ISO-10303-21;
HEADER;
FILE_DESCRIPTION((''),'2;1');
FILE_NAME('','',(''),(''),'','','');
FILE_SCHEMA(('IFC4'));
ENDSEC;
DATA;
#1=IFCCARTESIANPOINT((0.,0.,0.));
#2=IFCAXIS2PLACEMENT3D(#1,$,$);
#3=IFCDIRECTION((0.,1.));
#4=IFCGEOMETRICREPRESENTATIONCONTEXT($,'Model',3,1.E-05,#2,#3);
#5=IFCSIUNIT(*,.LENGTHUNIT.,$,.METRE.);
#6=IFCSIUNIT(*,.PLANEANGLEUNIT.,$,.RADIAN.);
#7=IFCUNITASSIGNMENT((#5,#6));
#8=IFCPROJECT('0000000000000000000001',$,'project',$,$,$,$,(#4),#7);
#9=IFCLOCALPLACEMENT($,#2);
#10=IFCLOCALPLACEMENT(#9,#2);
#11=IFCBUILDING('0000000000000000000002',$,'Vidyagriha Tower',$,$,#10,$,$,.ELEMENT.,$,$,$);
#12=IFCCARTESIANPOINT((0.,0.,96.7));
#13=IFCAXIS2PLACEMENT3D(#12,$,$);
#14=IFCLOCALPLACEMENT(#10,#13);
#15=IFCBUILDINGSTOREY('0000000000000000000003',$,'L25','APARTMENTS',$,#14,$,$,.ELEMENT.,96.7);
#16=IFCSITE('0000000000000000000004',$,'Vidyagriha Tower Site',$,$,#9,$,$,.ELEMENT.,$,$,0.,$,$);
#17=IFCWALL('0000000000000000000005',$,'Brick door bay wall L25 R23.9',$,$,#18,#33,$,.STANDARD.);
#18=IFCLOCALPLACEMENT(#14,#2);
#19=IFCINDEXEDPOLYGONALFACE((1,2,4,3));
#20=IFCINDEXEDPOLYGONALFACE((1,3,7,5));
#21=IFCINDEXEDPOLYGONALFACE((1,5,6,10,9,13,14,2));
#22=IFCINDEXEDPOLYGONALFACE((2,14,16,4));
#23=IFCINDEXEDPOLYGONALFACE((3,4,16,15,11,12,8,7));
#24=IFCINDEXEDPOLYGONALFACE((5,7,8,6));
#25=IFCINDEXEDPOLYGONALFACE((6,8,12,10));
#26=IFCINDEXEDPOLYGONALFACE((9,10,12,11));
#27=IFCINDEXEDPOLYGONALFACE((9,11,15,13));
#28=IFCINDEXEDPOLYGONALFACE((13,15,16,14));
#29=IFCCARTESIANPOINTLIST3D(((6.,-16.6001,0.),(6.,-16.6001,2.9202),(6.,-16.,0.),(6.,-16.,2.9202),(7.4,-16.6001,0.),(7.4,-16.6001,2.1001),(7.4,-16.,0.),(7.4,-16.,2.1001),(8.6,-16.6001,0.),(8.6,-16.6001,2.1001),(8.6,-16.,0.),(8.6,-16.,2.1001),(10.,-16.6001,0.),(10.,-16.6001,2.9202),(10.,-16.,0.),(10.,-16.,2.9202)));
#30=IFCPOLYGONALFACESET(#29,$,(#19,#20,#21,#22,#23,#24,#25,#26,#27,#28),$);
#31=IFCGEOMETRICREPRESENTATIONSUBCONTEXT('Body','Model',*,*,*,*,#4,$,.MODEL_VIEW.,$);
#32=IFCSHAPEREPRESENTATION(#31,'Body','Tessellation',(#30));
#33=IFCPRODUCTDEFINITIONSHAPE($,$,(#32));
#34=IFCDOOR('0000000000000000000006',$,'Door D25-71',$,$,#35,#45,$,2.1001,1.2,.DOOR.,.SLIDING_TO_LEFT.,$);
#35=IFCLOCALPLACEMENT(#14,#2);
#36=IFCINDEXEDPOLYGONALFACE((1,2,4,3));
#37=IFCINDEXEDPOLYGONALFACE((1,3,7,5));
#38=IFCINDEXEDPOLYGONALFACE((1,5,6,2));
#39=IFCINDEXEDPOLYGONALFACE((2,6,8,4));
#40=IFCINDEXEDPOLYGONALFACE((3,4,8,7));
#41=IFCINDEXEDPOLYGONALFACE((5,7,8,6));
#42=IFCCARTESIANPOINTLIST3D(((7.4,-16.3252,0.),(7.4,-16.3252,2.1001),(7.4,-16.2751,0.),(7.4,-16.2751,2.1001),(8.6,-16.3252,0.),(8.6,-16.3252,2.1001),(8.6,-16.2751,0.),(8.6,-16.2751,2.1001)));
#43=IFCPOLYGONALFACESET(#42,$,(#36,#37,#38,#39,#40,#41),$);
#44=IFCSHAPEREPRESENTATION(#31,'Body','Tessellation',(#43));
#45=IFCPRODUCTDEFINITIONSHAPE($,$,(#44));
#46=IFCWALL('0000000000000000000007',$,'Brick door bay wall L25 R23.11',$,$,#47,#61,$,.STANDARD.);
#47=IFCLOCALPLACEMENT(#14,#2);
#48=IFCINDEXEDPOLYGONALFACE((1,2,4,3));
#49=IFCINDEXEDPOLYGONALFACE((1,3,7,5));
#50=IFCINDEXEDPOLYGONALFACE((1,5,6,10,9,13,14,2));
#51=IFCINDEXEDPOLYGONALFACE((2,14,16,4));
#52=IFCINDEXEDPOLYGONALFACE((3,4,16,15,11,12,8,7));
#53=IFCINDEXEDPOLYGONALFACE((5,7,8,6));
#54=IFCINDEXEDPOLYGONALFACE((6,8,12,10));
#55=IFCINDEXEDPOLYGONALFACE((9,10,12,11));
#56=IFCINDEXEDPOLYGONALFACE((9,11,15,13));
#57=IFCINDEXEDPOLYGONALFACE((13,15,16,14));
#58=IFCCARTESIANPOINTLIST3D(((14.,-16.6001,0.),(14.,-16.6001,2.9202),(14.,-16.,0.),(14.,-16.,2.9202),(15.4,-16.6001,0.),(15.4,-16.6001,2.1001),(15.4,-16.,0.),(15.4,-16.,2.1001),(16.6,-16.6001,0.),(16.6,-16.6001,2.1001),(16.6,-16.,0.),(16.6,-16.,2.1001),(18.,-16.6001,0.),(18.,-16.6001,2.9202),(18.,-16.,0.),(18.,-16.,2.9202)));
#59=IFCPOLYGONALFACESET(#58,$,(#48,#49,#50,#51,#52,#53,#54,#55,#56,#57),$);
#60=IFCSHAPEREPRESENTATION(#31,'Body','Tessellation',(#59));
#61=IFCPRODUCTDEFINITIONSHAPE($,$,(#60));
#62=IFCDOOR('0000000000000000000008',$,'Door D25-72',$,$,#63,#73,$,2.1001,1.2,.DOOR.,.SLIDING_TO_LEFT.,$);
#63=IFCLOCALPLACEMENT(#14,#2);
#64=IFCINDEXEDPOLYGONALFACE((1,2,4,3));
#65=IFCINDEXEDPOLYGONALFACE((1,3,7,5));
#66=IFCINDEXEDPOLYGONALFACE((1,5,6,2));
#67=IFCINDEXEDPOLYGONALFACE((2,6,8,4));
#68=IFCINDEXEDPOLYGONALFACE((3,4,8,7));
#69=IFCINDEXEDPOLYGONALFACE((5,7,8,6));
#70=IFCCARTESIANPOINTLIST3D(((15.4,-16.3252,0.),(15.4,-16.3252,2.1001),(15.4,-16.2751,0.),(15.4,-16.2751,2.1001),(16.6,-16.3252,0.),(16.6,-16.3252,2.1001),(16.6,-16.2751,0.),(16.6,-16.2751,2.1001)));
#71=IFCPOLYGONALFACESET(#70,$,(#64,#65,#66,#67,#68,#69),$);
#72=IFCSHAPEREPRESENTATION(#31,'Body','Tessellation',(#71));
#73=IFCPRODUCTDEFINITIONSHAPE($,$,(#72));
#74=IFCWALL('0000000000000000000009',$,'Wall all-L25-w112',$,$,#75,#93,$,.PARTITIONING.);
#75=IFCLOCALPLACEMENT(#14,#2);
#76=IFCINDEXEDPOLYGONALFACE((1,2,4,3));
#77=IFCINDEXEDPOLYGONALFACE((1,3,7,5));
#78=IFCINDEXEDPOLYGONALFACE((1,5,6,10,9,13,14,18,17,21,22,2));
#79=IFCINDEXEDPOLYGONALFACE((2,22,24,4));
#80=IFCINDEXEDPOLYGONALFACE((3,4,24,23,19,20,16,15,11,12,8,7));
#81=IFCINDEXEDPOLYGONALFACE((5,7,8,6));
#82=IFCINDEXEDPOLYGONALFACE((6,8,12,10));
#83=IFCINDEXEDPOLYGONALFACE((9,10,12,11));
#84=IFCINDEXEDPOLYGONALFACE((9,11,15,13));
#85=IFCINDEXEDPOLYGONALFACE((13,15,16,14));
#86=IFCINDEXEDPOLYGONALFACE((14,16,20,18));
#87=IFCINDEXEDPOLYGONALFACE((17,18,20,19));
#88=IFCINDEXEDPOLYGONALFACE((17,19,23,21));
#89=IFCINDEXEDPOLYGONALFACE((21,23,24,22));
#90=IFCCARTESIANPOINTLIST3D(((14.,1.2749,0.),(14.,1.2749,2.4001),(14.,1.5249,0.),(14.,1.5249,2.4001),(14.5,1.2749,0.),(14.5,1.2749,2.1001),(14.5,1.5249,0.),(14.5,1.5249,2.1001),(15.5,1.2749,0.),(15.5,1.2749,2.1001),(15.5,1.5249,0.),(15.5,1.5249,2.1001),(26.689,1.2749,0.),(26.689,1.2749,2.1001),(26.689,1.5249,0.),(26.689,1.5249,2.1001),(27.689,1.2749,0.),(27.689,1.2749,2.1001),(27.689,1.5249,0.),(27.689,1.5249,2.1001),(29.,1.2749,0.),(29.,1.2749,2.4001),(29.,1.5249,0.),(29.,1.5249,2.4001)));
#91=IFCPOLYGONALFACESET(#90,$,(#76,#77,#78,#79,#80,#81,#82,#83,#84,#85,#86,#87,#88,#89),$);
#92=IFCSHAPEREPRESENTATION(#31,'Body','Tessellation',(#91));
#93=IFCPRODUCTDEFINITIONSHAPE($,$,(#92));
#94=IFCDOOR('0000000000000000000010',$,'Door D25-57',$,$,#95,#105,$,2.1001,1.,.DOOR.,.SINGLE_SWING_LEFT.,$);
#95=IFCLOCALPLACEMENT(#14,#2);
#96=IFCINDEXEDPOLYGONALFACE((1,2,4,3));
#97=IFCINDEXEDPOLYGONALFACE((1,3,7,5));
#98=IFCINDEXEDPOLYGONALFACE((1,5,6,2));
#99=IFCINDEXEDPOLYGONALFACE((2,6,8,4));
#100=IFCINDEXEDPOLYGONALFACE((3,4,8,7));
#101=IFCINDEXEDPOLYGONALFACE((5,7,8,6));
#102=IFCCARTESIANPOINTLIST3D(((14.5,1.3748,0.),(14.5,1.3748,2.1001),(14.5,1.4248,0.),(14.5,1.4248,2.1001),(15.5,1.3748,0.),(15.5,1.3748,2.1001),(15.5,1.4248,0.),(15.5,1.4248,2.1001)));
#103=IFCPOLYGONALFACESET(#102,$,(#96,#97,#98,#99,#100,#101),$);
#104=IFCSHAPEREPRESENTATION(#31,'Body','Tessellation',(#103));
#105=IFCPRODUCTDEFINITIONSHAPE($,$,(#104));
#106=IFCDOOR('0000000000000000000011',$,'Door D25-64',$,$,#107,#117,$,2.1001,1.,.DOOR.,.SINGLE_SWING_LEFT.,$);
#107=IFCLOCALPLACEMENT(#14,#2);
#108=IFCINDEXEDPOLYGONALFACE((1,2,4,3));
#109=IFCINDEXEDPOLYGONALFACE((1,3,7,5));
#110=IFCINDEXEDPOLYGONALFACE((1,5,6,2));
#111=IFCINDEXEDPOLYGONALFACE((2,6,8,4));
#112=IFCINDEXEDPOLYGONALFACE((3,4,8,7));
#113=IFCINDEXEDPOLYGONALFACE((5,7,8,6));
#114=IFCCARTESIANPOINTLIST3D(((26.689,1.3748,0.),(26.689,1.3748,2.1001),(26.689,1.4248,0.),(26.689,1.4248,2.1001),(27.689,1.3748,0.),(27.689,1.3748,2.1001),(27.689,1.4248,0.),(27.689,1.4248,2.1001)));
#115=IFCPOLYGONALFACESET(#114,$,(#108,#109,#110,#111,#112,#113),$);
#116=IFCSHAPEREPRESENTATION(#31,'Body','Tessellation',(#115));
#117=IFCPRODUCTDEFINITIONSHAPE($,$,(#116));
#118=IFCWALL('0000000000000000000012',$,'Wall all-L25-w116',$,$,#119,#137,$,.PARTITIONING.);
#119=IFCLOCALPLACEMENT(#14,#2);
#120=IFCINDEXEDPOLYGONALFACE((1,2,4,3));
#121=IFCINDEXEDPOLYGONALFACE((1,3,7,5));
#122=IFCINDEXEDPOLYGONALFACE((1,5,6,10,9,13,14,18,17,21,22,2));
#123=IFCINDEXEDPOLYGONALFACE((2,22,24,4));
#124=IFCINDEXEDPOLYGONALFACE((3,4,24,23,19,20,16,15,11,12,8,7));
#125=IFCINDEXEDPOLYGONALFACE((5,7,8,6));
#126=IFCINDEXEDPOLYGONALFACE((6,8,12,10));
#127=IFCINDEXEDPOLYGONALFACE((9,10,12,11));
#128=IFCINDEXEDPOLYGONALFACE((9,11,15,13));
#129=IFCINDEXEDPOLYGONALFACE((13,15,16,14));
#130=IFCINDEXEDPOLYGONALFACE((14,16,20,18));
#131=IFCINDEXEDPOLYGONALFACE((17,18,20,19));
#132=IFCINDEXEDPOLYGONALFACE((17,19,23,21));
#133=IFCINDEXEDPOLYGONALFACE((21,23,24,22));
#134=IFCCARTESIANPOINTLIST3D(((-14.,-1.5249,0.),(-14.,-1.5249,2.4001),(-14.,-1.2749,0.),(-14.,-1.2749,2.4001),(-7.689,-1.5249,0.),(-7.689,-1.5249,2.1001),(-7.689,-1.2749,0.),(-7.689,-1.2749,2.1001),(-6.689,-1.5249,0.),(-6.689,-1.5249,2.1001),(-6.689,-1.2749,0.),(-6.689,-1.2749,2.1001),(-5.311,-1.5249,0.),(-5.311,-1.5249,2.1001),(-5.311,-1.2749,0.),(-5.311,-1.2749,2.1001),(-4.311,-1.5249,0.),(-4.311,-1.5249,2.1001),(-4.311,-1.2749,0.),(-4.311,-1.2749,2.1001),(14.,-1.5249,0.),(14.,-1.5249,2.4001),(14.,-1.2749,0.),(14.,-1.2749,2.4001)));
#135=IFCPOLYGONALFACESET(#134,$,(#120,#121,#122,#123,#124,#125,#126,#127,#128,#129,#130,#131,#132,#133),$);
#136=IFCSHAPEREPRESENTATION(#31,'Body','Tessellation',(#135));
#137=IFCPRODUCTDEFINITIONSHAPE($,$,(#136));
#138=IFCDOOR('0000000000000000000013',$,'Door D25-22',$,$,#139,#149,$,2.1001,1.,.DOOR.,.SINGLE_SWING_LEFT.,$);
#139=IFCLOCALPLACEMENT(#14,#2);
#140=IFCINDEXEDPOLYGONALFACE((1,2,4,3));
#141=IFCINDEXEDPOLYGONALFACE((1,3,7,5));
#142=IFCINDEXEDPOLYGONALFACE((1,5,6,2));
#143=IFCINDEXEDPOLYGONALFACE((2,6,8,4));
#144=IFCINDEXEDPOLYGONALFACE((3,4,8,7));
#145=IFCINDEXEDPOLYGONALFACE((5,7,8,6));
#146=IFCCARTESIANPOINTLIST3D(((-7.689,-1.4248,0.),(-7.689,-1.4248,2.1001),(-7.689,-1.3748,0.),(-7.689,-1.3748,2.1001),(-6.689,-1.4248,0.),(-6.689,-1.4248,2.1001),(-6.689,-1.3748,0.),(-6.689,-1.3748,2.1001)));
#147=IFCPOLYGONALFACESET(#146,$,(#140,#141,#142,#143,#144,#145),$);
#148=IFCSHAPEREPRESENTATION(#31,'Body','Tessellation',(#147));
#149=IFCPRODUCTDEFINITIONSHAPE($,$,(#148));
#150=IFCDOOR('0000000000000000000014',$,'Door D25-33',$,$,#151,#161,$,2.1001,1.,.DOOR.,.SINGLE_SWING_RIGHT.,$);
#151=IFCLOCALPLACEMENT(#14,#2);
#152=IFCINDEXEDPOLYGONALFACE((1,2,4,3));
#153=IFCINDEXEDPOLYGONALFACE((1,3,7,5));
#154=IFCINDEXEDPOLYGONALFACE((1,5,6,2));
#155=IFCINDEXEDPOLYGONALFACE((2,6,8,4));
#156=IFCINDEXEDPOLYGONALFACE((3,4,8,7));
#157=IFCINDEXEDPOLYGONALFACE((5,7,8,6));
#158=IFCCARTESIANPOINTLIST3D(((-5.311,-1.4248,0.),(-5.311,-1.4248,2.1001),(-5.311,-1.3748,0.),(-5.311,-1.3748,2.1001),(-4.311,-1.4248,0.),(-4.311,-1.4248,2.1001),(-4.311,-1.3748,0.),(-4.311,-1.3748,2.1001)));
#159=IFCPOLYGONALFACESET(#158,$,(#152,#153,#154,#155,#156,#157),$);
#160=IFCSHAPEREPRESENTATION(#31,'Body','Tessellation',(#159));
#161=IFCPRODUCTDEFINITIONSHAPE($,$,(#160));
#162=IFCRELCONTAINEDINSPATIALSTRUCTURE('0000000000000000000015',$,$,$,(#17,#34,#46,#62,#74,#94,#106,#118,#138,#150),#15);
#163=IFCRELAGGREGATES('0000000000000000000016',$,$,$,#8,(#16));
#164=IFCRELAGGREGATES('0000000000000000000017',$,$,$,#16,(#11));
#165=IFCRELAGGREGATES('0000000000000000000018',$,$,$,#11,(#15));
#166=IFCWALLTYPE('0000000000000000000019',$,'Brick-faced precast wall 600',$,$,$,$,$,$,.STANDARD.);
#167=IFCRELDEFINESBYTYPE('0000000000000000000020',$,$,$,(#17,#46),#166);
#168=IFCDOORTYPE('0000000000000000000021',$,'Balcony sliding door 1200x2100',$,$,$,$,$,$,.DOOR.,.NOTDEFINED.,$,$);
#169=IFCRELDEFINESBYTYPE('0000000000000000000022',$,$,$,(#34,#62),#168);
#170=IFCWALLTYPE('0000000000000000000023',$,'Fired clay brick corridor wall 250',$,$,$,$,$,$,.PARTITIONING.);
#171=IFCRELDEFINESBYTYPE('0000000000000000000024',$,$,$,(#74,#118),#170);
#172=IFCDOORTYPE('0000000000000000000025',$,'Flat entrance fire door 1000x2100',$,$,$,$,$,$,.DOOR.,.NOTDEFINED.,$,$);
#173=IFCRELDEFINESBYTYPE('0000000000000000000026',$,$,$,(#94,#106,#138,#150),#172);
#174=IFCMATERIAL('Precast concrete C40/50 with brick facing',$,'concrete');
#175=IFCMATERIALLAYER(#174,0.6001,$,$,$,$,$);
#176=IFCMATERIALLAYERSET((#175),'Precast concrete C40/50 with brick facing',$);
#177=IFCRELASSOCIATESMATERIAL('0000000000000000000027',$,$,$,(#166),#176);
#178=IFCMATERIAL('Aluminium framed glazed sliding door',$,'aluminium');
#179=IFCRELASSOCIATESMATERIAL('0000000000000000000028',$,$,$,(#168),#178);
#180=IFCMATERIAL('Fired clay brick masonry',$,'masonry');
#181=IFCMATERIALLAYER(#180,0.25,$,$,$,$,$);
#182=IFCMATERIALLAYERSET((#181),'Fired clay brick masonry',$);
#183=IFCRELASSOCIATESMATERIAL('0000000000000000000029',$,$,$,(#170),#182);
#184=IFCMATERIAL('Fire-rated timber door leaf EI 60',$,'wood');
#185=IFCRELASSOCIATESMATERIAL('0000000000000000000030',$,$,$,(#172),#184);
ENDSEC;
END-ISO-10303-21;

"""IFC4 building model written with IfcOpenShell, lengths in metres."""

from ifc_helpers import new_model, si_unit, direction, frame, frame_2d, origin, place, context, subcontext, project, spatial, rectangle, extrude, material, layer, layer_set, type_object, element, fill, save


model = new_model("IFC4")

# Units and contexts
model_context = context("Model", 3, precision=1e-05, world=origin(), true_north=direction((0.0, 1.0)))
body_context = subcontext(model_context, "Body", "Model", "MODEL_VIEW")
ifc_project = project(units=[si_unit("LENGTHUNIT", "METRE"), si_unit("PLANEANGLEUNIT", "RADIAN")], contexts=[model_context])

# Site, building, storey
site_placement = place(None, origin())
site = spatial("IfcSite", under=ifc_project, at=site_placement, Name="Vidyagriha Tower Site", CompositionType="ELEMENT", RefElevation=0.0)
building_placement = place(site_placement, origin())
building = spatial("IfcBuilding", under=site, at=building_placement, Name="Vidyagriha Tower", CompositionType="ELEMENT")
storey_placement = place(building_placement, frame((0.0, 0.0, 96.7)))
storey = spatial("IfcBuildingStorey", under=building, at=storey_placement, Name="L25", Description="APARTMENTS", CompositionType="ELEMENT", Elevation=96.7)

# Walls, openings, doors
ifc_material_1 = material(Name="Precast concrete C40/50 with brick facing", Category="concrete")
ifc_layer_1 = layer(ifc_material_1, 0.6001)
ifc_layer_set_1 = layer_set([ifc_layer_1], Name="Precast concrete C40/50 with brick facing")
wall_type_1 = type_object("IfcWallType", Name="Brick-faced precast wall 600", PredefinedType="STANDARD", material=ifc_layer_set_1)
wall_1_placement = place(storey_placement, frame((6.0, -16.3, 0.0)))
wall_1 = element("IfcWall", 1, at=wall_1_placement, inside=storey, type_object=wall_type_1, Name="Brick door bay wall L25 R23.9", PredefinedType="STANDARD", context=body_context, shape_type="SweptSolid", body=[
    extrude(rectangle(XDim=4.0, YDim=0.6001, at=frame_2d((2.0, 0.0))), origin(), (0.0, 0.0, 1.0), 2.9202),
])
opening_1_placement = place(wall_1_placement, frame((1.3999, 0.0, 0.0)))
opening_1 = element("IfcOpeningElement", 2, at=opening_1_placement, cuts=wall_1, PredefinedType="OPENING", context=body_context, shape_type="SweptSolid", body=[
    extrude(rectangle(XDim=1.2, YDim=2.1001, at=frame_2d((0.6001, 1.05))), frame((0.0, 0.3101, 0.0), z_axis=(0.0, -1.0, 0.0), x_axis=(1.0, 0.0, 0.0)), (0.0, 0.0, 1.0), 0.6201),
])
ifc_material_2 = material(Name="Aluminium framed glazed sliding door", Category="aluminium")
door_type_1 = type_object("IfcDoorType", Name="Balcony sliding door 1200x2100", OperationType="NOTDEFINED", PredefinedType="DOOR", material=ifc_material_2)
door_1_placement = place(opening_1_placement, origin())
door_1 = element("IfcDoor", 3, at=door_1_placement, inside=storey, type_object=door_type_1, Name="Door D25-71", OperationType="SLIDING_TO_LEFT", OverallHeight=2.1001, OverallWidth=1.2, PredefinedType="DOOR", context=body_context, shape_type="SweptSolid", body=[
    extrude(rectangle(XDim=1.2, YDim=2.1001, at=frame_2d((0.6001, 1.05))), frame((0.0, 0.0249, 0.0), z_axis=(0.0, -1.0, 0.0), x_axis=(1.0, 0.0, 0.0)), (0.0, 0.0, 1.0), 0.05),
])
fill(opening_1, door_1)
wall_2_placement = place(storey_placement, frame((14.0, -16.3, 0.0)))
wall_2 = element("IfcWall", 4, at=wall_2_placement, inside=storey, type_object=wall_type_1, Name="Brick door bay wall L25 R23.11", PredefinedType="STANDARD", context=body_context, shape_type="SweptSolid", body=[
    extrude(rectangle(XDim=4.0, YDim=0.6001, at=frame_2d((2.0, 0.0))), origin(), (0.0, 0.0, 1.0), 2.9202),
])
opening_2_placement = place(wall_2_placement, frame((1.3999, 0.0, 0.0)))
opening_2 = element("IfcOpeningElement", 5, at=opening_2_placement, cuts=wall_2, PredefinedType="OPENING", context=body_context, shape_type="SweptSolid", body=[
    extrude(rectangle(XDim=1.2, YDim=2.1001, at=frame_2d((0.6001, 1.05))), frame((0.0, 0.3101, 0.0), z_axis=(0.0, -1.0, 0.0), x_axis=(1.0, 0.0, 0.0)), (0.0, 0.0, 1.0), 0.6201),
])
door_2_placement = place(opening_2_placement, origin())
door_2 = element("IfcDoor", 6, at=door_2_placement, inside=storey, type_object=door_type_1, Name="Door D25-72", OperationType="SLIDING_TO_LEFT", OverallHeight=2.1001, OverallWidth=1.2, PredefinedType="DOOR", context=body_context, shape_type="SweptSolid", body=[
    extrude(rectangle(XDim=1.2, YDim=2.1001, at=frame_2d((0.6001, 1.05))), frame((0.0, 0.0249, 0.0), z_axis=(0.0, -1.0, 0.0), x_axis=(1.0, 0.0, 0.0)), (0.0, 0.0, 1.0), 0.05),
])
fill(opening_2, door_2)

# Walls, openings, doors
ifc_material_3 = material(Name="Fired clay brick masonry", Category="masonry")
ifc_layer_2 = layer(ifc_material_3, 0.25)
ifc_layer_set_2 = layer_set([ifc_layer_2], Name="Fired clay brick masonry")
wall_type_2 = type_object("IfcWallType", Name="Fired clay brick corridor wall 250", PredefinedType="PARTITIONING", material=ifc_layer_set_2)
wall_3_placement = place(storey_placement, frame((14.0, 1.3999, 0.0)))
wall_3 = element("IfcWall", 7, at=wall_3_placement, inside=storey, type_object=wall_type_2, Name="Wall all-L25-w112", PredefinedType="PARTITIONING", context=body_context, shape_type="SweptSolid", body=[
    extrude(rectangle(XDim=15.0, YDim=0.25, at=frame_2d((7.5, 0.0))), origin(), (0.0, 0.0, 1.0), 2.4001),
])
opening_3_placement = place(wall_3_placement, frame((0.5, 0.0, 0.0)))
opening_3 = element("IfcOpeningElement", 8, at=opening_3_placement, cuts=wall_3, PredefinedType="OPENING", context=body_context, shape_type="SweptSolid", body=[
    extrude(rectangle(XDim=1.0, YDim=2.1001, at=frame_2d((0.5, 1.05))), frame((0.0, 0.135, 0.0), z_axis=(0.0, -1.0, 0.0), x_axis=(1.0, 0.0, 0.0)), (0.0, 0.0, 1.0), 0.27),
])
opening_4_placement = place(wall_3_placement, frame((12.689, 0.0, 0.0)))
opening_4 = element("IfcOpeningElement", 9, at=opening_4_placement, cuts=wall_3, PredefinedType="OPENING", context=body_context, shape_type="SweptSolid", body=[
    extrude(rectangle(XDim=1.0, YDim=2.1001, at=frame_2d((0.5, 1.05))), frame((0.0, 0.135, 0.0), z_axis=(0.0, -1.0, 0.0), x_axis=(1.0, 0.0, 0.0)), (0.0, 0.0, 1.0), 0.27),
])
ifc_material_4 = material(Name="Fire-rated timber door leaf EI 60", Category="wood")
door_type_2 = type_object("IfcDoorType", Name="Flat entrance fire door 1000x2100", OperationType="NOTDEFINED", PredefinedType="DOOR", material=ifc_material_4)
door_3_placement = place(opening_3_placement, origin())
door_3 = element("IfcDoor", 10, at=door_3_placement, inside=storey, type_object=door_type_2, Name="Door D25-57", OperationType="SINGLE_SWING_LEFT", OverallHeight=2.1001, OverallWidth=1.0, PredefinedType="DOOR", context=body_context, shape_type="SweptSolid", body=[
    extrude(rectangle(XDim=1.0, YDim=2.1001, at=frame_2d((0.5, 1.05))), frame((0.0, 0.0249, 0.0), z_axis=(0.0, -1.0, 0.0), x_axis=(1.0, 0.0, 0.0)), (0.0, 0.0, 1.0), 0.05),
])
fill(opening_3, door_3)
door_4_placement = place(opening_4_placement, origin())
door_4 = element("IfcDoor", 11, at=door_4_placement, inside=storey, type_object=door_type_2, Name="Door D25-64", OperationType="SINGLE_SWING_LEFT", OverallHeight=2.1001, OverallWidth=1.0, PredefinedType="DOOR", context=body_context, shape_type="SweptSolid", body=[
    extrude(rectangle(XDim=1.0, YDim=2.1001, at=frame_2d((0.5, 1.05))), frame((0.0, 0.0249, 0.0), z_axis=(0.0, -1.0, 0.0), x_axis=(1.0, 0.0, 0.0)), (0.0, 0.0, 1.0), 0.05),
])
fill(opening_4, door_4)
wall_4_placement = place(storey_placement, frame((14.0, -1.3999, 0.0), z_axis=(0.0, 0.0, 1.0), x_axis=(-1.0, 0.0, 0.0)))
wall_4 = element("IfcWall", 12, at=wall_4_placement, inside=storey, type_object=wall_type_2, Name="Wall all-L25-w116", PredefinedType="PARTITIONING", context=body_context, shape_type="SweptSolid", body=[
    extrude(rectangle(XDim=28.0, YDim=0.25, at=frame_2d((14.0, 0.0))), origin(), (0.0, 0.0, 1.0), 2.4001),
])
opening_5_placement = place(wall_4_placement, frame((20.689, 0.0, 0.0)))
opening_5 = element("IfcOpeningElement", 13, at=opening_5_placement, cuts=wall_4, PredefinedType="OPENING", context=body_context, shape_type="SweptSolid", body=[
    extrude(rectangle(XDim=1.0, YDim=2.1001, at=frame_2d((0.5, 1.05))), frame((0.0, 0.135, 0.0), z_axis=(0.0, -1.0, 0.0), x_axis=(1.0, 0.0, 0.0)), (0.0, 0.0, 1.0), 0.27),
])
opening_6_placement = place(wall_4_placement, frame((18.311, 0.0, 0.0)))
opening_6 = element("IfcOpeningElement", 14, at=opening_6_placement, cuts=wall_4, PredefinedType="OPENING", context=body_context, shape_type="SweptSolid", body=[
    extrude(rectangle(XDim=1.0, YDim=2.1001, at=frame_2d((0.5, 1.05))), frame((0.0, 0.135, 0.0), z_axis=(0.0, -1.0, 0.0), x_axis=(1.0, 0.0, 0.0)), (0.0, 0.0, 1.0), 0.27),
])
door_5_placement = place(opening_5_placement, origin())
door_5 = element("IfcDoor", 15, at=door_5_placement, inside=storey, type_object=door_type_2, Name="Door D25-22", OperationType="SINGLE_SWING_LEFT", OverallHeight=2.1001, OverallWidth=1.0, PredefinedType="DOOR", context=body_context, shape_type="SweptSolid", body=[
    extrude(rectangle(XDim=1.0, YDim=2.1001, at=frame_2d((0.5, 1.05))), frame((0.0, 0.0249, 0.0), z_axis=(0.0, -1.0, 0.0), x_axis=(1.0, 0.0, 0.0)), (0.0, 0.0, 1.0), 0.05),
])
fill(opening_5, door_5)
door_6_placement = place(opening_6_placement, origin())
door_6 = element("IfcDoor", 16, at=door_6_placement, inside=storey, type_object=door_type_2, Name="Door D25-33", OperationType="SINGLE_SWING_RIGHT", OverallHeight=2.1001, OverallWidth=1.0, PredefinedType="DOOR", context=body_context, shape_type="SweptSolid", body=[
    extrude(rectangle(XDim=1.0, YDim=2.1001, at=frame_2d((0.5, 1.05))), frame((0.0, 0.0249, 0.0), z_axis=(0.0, -1.0, 0.0), x_axis=(1.0, 0.0, 0.0)), (0.0, 0.0, 1.0), 0.05),
])
fill(opening_6, door_6)

save(model, "model.ifc")
